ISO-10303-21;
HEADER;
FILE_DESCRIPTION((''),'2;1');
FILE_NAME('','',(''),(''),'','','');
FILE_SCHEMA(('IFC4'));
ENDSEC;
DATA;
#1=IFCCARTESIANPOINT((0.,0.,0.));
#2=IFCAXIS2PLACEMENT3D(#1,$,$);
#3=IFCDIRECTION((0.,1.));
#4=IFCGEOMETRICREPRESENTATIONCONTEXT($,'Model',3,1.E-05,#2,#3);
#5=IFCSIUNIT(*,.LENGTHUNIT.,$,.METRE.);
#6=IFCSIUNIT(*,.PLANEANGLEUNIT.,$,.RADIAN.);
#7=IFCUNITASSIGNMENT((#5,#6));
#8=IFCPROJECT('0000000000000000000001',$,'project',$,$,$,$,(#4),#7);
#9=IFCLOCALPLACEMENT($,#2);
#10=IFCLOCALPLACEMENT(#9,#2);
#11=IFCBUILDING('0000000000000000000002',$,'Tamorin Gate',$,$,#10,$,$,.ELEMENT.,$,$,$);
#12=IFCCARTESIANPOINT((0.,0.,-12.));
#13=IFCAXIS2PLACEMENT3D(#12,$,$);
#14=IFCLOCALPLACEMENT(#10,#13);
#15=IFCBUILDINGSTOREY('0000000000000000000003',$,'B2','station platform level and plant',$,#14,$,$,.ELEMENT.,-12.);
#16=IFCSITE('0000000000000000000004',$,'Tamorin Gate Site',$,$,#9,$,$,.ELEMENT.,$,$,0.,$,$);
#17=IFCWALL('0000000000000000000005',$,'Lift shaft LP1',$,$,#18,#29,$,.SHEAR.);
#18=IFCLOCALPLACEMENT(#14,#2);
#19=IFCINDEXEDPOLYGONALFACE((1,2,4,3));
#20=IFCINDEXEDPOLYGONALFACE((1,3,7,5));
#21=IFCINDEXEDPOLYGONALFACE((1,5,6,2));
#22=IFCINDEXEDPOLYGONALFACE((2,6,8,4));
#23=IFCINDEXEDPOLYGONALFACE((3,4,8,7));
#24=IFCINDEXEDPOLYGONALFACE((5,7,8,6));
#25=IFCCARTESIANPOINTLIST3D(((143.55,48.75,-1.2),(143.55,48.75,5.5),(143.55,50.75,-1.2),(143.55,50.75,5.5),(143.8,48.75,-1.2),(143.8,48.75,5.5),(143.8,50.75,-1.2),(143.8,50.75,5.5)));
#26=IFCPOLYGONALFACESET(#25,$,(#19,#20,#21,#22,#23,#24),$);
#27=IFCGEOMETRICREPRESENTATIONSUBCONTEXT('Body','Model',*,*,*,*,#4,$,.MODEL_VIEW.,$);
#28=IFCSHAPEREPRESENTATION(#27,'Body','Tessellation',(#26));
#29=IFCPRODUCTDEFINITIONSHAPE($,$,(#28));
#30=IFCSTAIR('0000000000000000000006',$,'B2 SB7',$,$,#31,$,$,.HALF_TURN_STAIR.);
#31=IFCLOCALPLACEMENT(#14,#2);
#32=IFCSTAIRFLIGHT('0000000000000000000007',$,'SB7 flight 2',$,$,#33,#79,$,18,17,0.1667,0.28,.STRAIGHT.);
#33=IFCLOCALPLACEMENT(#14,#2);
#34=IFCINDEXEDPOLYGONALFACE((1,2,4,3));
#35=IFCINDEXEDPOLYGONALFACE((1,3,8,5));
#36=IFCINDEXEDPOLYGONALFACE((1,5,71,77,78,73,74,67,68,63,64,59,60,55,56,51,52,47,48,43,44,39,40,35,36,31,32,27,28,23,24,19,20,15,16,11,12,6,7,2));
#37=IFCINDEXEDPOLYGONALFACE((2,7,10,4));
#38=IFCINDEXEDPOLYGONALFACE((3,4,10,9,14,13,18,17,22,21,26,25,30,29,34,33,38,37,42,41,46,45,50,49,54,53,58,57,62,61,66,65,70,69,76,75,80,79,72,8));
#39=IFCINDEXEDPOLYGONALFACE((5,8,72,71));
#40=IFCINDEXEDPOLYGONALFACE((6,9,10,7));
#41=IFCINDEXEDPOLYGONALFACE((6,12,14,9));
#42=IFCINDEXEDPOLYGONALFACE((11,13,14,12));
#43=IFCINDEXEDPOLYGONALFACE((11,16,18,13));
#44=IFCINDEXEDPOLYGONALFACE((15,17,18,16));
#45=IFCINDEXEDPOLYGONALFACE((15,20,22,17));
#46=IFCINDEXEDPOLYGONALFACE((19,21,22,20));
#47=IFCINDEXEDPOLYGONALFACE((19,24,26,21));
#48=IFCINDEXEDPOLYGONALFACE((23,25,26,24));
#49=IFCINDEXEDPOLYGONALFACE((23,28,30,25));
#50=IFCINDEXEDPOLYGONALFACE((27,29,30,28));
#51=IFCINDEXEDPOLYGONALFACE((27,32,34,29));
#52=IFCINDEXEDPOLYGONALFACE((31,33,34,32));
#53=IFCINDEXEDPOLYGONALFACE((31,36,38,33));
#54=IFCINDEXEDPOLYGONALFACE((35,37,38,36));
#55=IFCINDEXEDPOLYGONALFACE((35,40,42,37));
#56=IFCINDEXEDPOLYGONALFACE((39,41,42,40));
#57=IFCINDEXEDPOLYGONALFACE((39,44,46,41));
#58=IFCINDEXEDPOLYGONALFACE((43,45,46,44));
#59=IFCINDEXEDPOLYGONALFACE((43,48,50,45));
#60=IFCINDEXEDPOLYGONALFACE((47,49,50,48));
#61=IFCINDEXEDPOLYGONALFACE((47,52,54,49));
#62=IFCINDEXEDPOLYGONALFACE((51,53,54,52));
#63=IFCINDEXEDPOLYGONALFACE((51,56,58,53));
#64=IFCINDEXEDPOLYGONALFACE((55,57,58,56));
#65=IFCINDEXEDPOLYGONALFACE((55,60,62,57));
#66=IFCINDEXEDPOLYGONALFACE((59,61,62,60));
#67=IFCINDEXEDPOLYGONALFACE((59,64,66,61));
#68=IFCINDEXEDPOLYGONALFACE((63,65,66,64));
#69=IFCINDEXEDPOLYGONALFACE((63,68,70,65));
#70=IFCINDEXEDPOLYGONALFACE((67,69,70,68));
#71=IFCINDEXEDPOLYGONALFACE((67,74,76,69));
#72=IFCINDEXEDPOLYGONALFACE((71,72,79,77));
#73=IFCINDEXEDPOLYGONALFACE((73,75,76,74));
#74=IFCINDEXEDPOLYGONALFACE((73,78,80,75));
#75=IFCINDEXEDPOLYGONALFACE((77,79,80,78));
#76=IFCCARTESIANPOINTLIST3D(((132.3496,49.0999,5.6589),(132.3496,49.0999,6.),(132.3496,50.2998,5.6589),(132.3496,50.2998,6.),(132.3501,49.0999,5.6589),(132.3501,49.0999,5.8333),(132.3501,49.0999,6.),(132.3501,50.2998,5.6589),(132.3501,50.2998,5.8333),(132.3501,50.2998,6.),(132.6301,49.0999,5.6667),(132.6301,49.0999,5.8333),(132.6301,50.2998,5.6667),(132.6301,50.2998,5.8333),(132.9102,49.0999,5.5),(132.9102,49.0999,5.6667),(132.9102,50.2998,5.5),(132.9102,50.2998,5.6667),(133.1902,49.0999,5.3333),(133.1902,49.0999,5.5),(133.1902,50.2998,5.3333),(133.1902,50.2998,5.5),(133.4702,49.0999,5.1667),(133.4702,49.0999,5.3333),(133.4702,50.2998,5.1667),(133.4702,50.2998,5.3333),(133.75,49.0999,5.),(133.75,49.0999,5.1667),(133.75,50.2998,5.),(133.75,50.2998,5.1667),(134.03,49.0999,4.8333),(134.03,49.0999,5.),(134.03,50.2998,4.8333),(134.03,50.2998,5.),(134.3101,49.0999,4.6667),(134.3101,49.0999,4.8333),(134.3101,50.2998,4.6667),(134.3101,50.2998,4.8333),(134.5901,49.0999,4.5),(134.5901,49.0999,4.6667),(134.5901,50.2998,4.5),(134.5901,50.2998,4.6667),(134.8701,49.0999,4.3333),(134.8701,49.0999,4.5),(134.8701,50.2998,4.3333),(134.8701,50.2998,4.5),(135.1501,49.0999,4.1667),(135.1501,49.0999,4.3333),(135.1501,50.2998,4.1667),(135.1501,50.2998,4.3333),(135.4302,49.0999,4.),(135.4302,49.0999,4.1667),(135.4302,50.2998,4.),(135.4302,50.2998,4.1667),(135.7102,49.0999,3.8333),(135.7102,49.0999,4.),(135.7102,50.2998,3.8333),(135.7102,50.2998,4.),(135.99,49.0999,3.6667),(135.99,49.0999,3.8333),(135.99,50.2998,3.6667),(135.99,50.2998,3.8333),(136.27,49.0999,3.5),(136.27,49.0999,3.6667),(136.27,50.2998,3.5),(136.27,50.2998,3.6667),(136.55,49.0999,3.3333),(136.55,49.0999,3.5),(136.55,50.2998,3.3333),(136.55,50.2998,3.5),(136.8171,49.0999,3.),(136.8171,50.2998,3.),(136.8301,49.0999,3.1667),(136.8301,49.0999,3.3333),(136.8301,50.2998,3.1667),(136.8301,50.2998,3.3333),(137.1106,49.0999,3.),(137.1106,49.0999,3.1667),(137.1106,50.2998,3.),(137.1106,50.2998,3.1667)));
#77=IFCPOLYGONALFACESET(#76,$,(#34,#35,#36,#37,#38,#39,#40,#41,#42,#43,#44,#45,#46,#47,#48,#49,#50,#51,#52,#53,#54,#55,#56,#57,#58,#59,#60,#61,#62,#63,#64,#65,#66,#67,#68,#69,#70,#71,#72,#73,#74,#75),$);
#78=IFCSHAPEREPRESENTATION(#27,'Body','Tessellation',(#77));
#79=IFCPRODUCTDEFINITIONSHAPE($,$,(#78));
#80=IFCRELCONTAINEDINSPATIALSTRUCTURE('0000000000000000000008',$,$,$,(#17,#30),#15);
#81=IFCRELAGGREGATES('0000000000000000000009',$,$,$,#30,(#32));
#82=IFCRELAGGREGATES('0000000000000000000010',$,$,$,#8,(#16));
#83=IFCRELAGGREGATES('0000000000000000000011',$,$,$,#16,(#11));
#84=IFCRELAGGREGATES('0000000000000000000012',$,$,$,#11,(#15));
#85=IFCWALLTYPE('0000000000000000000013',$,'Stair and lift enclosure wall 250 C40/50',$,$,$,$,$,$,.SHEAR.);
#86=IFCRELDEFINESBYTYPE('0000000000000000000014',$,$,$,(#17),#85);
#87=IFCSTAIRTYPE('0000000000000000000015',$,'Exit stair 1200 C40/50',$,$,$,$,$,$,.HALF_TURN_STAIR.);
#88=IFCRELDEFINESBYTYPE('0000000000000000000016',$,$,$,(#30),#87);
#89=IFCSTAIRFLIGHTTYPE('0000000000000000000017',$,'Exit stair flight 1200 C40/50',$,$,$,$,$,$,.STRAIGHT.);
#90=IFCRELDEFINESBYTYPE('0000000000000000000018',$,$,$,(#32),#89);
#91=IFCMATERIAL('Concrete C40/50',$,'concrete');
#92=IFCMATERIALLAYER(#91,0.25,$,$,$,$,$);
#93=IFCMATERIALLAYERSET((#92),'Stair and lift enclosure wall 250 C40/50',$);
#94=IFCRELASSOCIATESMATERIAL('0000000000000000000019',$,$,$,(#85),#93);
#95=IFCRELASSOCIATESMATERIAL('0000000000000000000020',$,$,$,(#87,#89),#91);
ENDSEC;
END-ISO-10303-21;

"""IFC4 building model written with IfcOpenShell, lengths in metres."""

from ifc_helpers import new_model, si_unit, direction, frame, frame_2d, origin, place, context, subcontext, project, spatial, polyline, rectangle, outline, extrude, material, layer, layer_set, type_object, element, aggregate, save


model = new_model("IFC4")

# Units and contexts
model_context = context("Model", 3, precision=1e-05, world=origin(), true_north=direction((0.0, 1.0)))
body_context = subcontext(model_context, "Body", "Model", "MODEL_VIEW")
ifc_project = project(units=[si_unit("LENGTHUNIT", "METRE"), si_unit("PLANEANGLEUNIT", "RADIAN")], contexts=[model_context])

# Site, building, storey
site_placement = place(None, origin())
site = spatial("IfcSite", under=ifc_project, at=site_placement, Name="Tamorin Gate Site", CompositionType="ELEMENT", RefElevation=0.0)
building_placement = place(site_placement, origin())
building = spatial("IfcBuilding", under=site, at=building_placement, Name="Tamorin Gate", CompositionType="ELEMENT")
storey_placement = place(building_placement, frame((0.0, 0.0, -12.0)))
storey = spatial("IfcBuildingStorey", under=building, at=storey_placement, Name="B2", Description="station platform level and plant", CompositionType="ELEMENT", Elevation=-12.0)

# Shared definitions
ifc_material_1 = material(Name="Concrete C40/50", Category="concrete")

# Wall
ifc_layer_1 = layer(ifc_material_1, 0.25)
ifc_layer_set_1 = layer_set([ifc_layer_1], Name="Stair and lift enclosure wall 250 C40/50")
wall_type_1 = type_object("IfcWallType", Name="Stair and lift enclosure wall 250 C40/50", PredefinedType="SHEAR", material=ifc_layer_set_1)
for number, where, z_axis, x_axis, name in (
    (1, (143.675, 48.75, -1.2), (0.0, 0.0, 1.0), (0.0, 1.0, 0.0), "Lift shaft LP1"),
):
    element("IfcWall", number, at=place(storey_placement, frame(where, z_axis=z_axis, x_axis=x_axis)), inside=storey, type_object=wall_type_1, Name=name, PredefinedType="SHEAR", context=body_context, shape_type="SweptSolid", body=[
        extrude(rectangle(XDim=2.0, YDim=0.25, at=frame_2d((1.0, 0.0))), origin(), (0.0, 0.0, 1.0), 6.7),
    ])

# Stair, stair flight
stair_type = type_object("IfcStairType", Name="Exit stair 1200 C40/50", PredefinedType="HALF_TURN_STAIR", material=ifc_material_1)
stair_placement = place(storey_placement, origin())
stair = element("IfcStair", 2, at=stair_placement, inside=storey, type_object=stair_type, Name="B2 SB7", PredefinedType="HALF_TURN_STAIR")
stair_flight_type = type_object("IfcStairFlightType", Name="Exit stair flight 1200 C40/50", PredefinedType="STRAIGHT", material=ifc_material_1)
stair_flight_placement = place(storey_placement, frame((137.1101, 49.7, 3.0), z_axis=(0.0, 0.0, 1.0), x_axis=(-1.0, 0.0, 0.0)))
stair_flight = element("IfcStairFlight", 3, at=stair_flight_placement, type_object=stair_flight_type, Name="SB7 flight 2", NumberOfRisers=18, NumberOfTreads=17, PredefinedType="STRAIGHT", RiserHeight=0.1667, TreadLength=0.28, context=body_context, shape_type="SweptSolid", body=[
    extrude(outline(polyline([(-0.0005, 0.0), (-0.0005, 0.1667), (0.28, 0.1667), (0.28, 0.3333), (0.5601, 0.3333), (0.5601, 0.5), (0.8401, 0.5), (0.8401, 0.6667), (1.1201, 0.6667), (1.1201, 0.8333), (1.3999, 0.8333), (1.3999, 1.0), (1.6799, 1.0), (1.6799, 1.1667), (1.96, 1.1667), (1.96, 1.3333), (2.24, 1.3333), (2.24, 1.5), (2.52, 1.5), (2.52, 1.6667), (2.8, 1.6667), (2.8, 1.8333), (3.0801, 1.8333), (3.0801, 2.0), (3.3601, 2.0), (3.3601, 2.1667), (3.6399, 2.1667), (3.6399, 2.3333), (3.9199, 2.3333), (3.9199, 2.5), (4.2, 2.5), (4.2, 2.6667), (4.48, 2.6667), (4.48, 2.8333), (4.76, 2.8333), (4.76, 3.0), (4.7605, 3.0), (4.7605, 2.6589), (4.76, 2.6589), (0.293, 0.0), (-0.0005, 0.0)])), frame((0.0, 0.6001, 0.0), z_axis=(0.0, -1.0, 0.0), x_axis=(1.0, 0.0, 0.0)), (0.0, 0.0, 1.0), 1.2),
])
aggregate(stair, [stair_flight])

save(model, "model.ifc")
